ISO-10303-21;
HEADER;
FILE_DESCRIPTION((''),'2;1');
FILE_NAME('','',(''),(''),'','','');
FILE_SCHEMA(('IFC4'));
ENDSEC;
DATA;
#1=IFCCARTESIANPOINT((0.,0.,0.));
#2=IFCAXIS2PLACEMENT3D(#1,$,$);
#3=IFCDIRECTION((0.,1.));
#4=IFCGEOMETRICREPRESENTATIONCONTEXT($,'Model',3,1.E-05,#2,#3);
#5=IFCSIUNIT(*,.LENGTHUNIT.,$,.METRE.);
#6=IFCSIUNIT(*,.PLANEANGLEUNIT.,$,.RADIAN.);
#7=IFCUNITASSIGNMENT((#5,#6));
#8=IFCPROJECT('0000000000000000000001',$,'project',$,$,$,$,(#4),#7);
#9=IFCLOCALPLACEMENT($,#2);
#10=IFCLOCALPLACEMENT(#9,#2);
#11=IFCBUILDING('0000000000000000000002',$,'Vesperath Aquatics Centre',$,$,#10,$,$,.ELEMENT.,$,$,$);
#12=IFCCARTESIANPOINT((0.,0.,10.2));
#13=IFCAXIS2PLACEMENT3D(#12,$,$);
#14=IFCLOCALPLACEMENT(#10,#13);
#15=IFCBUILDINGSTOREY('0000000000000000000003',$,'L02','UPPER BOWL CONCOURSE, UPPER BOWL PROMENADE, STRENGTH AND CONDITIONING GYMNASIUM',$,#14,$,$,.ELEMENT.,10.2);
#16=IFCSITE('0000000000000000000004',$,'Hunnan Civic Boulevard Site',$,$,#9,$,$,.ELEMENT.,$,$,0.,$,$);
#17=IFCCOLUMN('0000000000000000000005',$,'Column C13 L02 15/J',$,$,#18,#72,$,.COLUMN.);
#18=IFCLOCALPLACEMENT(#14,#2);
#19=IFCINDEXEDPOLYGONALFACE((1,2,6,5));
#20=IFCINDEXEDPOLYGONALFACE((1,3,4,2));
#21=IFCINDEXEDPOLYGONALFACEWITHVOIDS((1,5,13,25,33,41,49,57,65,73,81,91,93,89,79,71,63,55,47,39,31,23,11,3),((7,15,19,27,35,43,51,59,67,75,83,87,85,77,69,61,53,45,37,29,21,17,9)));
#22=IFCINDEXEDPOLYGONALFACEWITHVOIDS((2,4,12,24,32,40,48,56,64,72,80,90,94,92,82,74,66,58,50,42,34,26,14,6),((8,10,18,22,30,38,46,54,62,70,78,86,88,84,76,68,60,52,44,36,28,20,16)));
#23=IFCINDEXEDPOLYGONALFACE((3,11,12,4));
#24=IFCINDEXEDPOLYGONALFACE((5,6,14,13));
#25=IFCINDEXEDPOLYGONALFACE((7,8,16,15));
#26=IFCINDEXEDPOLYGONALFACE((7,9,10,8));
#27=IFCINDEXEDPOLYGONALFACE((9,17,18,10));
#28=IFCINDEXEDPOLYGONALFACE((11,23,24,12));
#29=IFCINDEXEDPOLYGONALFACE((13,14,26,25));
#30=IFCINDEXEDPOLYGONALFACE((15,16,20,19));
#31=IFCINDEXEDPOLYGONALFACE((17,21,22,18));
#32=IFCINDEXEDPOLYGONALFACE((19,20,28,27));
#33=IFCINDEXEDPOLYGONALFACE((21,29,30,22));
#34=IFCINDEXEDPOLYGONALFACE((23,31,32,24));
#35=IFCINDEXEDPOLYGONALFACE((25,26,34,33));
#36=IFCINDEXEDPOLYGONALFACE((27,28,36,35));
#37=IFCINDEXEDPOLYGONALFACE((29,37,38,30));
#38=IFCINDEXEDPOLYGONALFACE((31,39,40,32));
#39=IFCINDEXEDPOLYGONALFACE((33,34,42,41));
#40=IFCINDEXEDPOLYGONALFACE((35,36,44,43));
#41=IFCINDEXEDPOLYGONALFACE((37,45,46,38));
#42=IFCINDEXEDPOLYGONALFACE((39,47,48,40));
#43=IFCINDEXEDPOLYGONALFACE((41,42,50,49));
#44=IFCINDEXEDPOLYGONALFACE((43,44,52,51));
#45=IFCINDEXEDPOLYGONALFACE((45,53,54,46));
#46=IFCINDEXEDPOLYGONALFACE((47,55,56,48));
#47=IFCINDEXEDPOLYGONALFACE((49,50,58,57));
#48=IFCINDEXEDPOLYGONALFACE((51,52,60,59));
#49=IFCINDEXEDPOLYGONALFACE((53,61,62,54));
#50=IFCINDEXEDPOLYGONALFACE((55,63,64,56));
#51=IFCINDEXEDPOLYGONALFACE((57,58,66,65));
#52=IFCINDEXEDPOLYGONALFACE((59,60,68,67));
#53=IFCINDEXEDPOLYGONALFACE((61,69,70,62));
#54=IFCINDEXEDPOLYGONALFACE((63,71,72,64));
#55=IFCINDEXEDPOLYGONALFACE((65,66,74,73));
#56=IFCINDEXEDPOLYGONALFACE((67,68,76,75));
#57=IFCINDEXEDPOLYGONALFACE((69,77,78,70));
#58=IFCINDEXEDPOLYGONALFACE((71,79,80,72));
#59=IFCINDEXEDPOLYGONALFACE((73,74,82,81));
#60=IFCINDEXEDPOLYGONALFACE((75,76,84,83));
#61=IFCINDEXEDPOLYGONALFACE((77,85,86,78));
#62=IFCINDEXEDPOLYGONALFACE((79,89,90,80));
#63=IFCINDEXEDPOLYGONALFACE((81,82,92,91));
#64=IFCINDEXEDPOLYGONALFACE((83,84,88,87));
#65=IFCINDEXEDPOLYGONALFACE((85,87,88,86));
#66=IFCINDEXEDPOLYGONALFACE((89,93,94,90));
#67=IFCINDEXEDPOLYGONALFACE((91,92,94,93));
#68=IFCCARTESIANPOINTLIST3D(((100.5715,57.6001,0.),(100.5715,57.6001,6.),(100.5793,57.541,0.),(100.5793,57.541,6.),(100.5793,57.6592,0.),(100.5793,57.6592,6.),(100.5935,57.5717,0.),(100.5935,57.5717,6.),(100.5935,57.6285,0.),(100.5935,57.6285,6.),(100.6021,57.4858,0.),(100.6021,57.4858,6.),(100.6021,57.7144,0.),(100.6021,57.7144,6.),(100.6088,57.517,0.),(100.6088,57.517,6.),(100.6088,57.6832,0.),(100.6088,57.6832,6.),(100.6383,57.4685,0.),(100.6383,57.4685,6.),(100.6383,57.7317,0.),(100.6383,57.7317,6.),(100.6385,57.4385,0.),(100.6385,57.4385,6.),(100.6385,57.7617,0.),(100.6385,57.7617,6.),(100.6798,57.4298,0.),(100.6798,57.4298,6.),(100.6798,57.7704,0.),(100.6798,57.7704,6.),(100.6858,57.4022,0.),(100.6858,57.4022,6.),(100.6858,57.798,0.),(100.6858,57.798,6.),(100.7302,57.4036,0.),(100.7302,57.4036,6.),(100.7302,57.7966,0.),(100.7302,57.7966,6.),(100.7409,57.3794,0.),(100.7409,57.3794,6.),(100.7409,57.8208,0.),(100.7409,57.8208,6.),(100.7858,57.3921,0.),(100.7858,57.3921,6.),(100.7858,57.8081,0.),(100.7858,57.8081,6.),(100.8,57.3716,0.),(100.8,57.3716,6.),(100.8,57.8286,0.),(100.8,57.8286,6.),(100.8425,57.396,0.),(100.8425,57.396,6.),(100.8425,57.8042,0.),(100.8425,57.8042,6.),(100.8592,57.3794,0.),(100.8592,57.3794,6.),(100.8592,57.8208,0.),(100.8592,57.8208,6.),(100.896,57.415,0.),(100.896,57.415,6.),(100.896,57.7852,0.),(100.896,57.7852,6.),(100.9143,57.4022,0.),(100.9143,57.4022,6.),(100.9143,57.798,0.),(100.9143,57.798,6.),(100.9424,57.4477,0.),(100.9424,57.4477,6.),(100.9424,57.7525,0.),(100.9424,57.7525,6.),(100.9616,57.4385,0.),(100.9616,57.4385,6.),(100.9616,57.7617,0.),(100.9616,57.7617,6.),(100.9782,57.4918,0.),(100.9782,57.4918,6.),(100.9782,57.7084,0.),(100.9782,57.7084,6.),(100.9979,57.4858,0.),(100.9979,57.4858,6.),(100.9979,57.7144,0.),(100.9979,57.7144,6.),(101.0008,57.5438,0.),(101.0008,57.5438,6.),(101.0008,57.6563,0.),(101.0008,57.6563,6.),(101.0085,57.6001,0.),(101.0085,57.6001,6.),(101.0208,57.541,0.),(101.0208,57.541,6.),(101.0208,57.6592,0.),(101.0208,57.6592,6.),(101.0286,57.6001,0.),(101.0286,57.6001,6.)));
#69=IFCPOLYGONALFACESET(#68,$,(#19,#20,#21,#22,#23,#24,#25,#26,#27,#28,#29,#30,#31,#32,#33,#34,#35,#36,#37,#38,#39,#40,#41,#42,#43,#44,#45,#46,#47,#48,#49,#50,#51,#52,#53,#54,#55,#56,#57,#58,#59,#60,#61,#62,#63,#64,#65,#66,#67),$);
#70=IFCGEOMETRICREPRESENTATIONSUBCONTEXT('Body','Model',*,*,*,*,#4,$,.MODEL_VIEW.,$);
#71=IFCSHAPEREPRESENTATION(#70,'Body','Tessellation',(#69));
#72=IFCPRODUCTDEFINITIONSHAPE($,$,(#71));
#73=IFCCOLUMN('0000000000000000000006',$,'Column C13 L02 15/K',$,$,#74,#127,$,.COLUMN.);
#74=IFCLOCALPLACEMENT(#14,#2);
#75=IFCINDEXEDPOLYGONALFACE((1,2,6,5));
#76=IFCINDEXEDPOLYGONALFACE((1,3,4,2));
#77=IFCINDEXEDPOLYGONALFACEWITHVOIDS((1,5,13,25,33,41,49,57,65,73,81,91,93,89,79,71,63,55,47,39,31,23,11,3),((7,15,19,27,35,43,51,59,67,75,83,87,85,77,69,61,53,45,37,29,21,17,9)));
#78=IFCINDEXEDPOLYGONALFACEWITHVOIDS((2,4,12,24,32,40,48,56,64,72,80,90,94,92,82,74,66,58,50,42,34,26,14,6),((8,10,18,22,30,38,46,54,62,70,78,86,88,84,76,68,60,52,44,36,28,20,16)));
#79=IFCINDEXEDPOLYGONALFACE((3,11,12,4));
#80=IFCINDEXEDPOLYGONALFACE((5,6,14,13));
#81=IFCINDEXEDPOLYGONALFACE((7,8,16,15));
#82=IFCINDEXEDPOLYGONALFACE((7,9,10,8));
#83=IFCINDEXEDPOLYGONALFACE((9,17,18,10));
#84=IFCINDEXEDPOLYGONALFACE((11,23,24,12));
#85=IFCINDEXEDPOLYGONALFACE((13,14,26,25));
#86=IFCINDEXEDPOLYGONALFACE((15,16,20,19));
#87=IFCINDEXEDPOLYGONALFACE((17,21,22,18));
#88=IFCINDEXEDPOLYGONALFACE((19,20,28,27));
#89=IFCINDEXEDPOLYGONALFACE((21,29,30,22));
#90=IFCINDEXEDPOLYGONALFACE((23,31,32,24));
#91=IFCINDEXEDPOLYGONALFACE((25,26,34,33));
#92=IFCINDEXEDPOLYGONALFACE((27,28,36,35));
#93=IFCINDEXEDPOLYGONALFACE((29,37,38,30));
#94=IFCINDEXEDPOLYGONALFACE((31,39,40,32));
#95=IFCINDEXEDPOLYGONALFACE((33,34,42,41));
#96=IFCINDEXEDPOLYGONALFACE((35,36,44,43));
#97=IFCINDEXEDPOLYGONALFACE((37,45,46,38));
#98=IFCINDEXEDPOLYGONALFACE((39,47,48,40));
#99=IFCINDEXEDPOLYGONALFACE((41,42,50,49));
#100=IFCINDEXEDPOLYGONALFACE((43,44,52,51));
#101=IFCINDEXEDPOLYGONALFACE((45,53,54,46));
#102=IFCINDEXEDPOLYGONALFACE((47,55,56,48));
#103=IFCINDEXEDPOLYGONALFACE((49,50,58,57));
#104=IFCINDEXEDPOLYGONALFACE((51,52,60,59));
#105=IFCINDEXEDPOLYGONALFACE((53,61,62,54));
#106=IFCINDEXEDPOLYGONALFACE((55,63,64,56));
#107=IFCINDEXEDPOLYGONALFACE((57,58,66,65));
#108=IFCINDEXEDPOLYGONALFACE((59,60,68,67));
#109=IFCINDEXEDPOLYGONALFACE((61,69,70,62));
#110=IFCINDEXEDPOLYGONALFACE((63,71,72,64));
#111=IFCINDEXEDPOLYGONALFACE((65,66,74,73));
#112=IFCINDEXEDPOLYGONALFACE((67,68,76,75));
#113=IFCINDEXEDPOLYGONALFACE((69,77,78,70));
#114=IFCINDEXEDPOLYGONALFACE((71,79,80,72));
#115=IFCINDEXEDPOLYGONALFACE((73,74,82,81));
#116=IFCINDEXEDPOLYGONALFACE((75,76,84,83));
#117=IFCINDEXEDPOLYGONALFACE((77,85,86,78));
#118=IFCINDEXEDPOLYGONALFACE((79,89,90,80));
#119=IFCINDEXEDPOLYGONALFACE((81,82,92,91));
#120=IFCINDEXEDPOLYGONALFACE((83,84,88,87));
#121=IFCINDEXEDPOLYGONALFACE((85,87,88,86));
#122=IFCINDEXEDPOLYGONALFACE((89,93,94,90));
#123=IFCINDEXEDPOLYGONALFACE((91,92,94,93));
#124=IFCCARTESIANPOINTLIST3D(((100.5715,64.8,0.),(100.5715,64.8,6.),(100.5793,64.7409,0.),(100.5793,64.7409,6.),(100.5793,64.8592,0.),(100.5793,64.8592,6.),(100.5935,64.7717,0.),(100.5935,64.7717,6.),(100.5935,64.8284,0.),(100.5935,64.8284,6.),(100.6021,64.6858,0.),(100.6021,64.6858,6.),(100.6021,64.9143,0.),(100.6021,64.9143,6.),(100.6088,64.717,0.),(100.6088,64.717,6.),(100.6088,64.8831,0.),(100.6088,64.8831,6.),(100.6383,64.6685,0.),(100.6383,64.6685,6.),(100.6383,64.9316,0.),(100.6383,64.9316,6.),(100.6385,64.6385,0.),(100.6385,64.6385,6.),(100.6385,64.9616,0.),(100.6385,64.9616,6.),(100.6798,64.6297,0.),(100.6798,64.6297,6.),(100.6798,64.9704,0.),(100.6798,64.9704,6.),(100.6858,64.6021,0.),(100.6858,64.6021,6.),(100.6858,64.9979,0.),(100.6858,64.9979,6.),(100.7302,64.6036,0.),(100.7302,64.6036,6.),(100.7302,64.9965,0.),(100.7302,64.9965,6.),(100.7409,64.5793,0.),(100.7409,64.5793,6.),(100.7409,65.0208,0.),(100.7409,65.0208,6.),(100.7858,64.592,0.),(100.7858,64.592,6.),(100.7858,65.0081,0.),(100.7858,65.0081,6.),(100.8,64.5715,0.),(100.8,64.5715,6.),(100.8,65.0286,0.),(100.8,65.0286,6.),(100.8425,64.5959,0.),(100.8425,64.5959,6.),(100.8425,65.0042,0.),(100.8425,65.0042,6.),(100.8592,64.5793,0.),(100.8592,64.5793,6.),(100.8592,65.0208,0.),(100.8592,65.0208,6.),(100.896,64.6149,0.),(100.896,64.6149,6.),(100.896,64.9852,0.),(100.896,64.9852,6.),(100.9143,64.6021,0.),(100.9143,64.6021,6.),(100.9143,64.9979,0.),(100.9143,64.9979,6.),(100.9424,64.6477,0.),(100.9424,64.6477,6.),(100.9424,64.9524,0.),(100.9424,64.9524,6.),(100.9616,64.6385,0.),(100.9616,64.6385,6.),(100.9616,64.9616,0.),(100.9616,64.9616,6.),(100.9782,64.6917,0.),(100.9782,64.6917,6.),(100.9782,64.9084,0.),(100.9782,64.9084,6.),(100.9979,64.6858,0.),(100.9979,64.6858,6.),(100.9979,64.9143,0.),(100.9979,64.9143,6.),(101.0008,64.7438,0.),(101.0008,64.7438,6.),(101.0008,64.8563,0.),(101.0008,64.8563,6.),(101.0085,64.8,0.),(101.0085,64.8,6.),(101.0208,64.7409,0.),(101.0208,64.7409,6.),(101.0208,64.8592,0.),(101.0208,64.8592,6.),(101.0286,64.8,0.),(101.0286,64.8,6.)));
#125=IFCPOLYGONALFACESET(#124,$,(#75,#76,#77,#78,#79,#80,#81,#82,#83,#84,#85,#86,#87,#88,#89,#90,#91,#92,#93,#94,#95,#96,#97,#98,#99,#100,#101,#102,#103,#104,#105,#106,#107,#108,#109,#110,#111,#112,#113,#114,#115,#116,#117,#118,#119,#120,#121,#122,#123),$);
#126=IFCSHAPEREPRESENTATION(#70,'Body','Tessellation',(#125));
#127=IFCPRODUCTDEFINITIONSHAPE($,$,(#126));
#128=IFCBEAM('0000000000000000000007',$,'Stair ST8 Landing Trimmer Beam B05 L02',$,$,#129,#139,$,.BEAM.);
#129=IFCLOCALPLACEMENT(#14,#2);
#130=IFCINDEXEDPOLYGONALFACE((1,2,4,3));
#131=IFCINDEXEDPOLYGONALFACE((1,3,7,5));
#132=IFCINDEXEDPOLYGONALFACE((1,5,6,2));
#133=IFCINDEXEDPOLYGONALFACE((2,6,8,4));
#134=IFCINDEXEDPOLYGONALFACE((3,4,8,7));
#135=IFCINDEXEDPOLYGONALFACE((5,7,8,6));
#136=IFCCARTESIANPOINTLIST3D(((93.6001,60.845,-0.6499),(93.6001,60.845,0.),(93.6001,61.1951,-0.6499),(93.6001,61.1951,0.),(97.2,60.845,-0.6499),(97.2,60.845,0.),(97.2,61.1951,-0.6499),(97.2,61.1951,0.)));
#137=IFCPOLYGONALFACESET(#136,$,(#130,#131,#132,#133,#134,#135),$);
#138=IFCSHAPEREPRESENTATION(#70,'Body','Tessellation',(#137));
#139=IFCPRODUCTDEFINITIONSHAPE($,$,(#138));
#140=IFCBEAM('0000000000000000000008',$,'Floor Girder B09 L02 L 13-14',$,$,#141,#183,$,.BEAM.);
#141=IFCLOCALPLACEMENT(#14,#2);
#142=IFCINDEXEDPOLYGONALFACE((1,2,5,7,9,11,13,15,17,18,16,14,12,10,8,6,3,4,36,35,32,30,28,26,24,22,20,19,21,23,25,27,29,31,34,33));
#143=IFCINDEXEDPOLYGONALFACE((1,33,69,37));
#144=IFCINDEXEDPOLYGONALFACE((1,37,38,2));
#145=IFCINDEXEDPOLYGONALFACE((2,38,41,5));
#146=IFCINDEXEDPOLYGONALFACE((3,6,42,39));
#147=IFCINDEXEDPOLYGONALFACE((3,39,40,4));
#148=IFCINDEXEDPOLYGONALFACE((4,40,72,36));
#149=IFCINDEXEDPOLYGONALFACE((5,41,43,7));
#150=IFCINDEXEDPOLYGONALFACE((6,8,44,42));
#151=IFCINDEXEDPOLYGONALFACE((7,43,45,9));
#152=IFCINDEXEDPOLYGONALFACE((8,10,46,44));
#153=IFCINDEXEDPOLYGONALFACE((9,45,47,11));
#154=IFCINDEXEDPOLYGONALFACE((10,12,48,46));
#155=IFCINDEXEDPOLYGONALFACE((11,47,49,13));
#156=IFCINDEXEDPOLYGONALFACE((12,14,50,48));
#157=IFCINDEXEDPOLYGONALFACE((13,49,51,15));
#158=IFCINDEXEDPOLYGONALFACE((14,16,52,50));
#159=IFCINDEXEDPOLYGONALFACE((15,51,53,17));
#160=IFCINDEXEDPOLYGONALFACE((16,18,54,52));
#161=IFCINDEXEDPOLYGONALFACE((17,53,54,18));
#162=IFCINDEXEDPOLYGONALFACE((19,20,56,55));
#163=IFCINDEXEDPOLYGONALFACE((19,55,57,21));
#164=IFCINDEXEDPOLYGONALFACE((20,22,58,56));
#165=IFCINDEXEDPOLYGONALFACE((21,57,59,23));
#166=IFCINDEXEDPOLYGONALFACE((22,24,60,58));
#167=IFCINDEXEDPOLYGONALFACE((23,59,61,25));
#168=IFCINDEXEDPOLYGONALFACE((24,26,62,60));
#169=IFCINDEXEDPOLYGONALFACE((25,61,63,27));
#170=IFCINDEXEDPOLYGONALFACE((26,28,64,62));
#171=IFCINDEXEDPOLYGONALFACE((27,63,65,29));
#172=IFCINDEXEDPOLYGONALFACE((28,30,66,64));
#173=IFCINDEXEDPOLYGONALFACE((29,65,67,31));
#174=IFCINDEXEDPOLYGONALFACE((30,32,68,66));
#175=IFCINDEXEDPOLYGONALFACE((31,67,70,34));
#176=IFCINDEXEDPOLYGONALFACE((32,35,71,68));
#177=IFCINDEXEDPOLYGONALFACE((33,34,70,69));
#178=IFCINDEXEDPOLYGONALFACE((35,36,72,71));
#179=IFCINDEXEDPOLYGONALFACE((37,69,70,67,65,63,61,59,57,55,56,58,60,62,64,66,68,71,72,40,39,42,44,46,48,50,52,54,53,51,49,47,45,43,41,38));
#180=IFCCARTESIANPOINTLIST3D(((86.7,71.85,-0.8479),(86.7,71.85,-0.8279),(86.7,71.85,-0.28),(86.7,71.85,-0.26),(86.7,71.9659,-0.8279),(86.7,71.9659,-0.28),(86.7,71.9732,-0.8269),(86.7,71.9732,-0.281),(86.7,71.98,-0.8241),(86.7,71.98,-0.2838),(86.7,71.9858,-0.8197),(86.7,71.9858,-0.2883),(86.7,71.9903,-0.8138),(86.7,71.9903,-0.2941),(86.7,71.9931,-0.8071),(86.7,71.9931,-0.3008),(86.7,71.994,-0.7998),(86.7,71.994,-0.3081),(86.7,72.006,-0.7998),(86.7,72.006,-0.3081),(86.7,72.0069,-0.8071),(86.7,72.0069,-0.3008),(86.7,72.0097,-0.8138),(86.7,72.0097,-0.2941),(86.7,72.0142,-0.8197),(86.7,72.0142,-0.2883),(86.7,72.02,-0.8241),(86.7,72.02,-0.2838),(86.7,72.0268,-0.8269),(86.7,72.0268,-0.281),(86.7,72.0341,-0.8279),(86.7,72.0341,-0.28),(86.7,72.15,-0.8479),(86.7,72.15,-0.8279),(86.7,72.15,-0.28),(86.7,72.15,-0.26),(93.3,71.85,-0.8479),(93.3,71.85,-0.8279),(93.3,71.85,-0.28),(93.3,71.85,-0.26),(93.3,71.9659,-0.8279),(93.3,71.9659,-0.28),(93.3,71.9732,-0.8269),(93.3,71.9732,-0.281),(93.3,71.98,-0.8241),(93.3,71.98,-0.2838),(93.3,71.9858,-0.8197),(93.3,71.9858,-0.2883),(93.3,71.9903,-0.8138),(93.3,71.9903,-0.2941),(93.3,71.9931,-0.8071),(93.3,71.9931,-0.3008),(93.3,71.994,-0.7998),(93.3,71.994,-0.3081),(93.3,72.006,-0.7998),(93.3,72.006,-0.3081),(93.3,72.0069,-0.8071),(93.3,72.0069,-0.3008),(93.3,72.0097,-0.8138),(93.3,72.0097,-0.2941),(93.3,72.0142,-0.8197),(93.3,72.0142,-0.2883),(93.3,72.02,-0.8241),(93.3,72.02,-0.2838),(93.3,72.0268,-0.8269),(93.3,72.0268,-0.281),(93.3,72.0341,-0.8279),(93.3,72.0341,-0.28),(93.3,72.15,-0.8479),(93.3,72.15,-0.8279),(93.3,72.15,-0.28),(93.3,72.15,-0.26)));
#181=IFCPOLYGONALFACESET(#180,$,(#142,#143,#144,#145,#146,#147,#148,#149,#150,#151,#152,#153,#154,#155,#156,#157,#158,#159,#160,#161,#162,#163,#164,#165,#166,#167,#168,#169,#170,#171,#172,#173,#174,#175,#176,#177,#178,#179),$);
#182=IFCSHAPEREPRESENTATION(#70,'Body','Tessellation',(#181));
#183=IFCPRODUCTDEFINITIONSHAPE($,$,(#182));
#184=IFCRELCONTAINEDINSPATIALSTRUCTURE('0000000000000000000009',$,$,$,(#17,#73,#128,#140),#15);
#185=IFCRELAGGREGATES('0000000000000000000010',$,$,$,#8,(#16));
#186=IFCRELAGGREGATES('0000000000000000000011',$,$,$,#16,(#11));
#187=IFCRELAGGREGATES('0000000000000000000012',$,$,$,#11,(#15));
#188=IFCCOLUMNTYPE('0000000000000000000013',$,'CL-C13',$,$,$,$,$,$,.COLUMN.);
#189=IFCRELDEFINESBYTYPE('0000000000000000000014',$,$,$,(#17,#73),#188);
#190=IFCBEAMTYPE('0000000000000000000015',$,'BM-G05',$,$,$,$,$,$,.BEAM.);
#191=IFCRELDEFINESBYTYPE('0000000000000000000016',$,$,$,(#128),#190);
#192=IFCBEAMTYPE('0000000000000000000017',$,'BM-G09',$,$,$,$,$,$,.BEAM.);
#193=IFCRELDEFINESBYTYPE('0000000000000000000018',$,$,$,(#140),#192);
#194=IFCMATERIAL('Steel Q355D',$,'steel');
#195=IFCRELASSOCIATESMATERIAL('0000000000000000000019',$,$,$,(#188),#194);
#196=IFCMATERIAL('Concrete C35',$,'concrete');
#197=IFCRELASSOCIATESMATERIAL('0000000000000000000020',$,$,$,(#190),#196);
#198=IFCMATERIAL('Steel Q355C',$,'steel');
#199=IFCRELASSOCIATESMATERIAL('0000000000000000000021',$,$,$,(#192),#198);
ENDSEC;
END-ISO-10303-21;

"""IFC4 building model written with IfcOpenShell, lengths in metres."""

from ifc_helpers import new_model, si_unit, direction, frame, origin, origin_2d, place, context, subcontext, project, spatial, rectangle, hollow_circle, i_section, extrude, material, material_profile, profile_set, type_object, element, save


model = new_model("IFC4")

# Units and contexts
model_context = context("Model", 3, precision=1e-05, world=origin(), true_north=direction((0.0, 1.0)))
body_context = subcontext(model_context, "Body", "Model", "MODEL_VIEW")
ifc_project = project(units=[si_unit("LENGTHUNIT", "METRE"), si_unit("PLANEANGLEUNIT", "RADIAN")], contexts=[model_context])

# Site, building, storey
site_placement = place(None, origin())
site = spatial("IfcSite", under=ifc_project, at=site_placement, Name="Hunnan Civic Boulevard Site", CompositionType="ELEMENT", RefElevation=0.0)
building_placement = place(site_placement, origin())
building = spatial("IfcBuilding", under=site, at=building_placement, Name="Vesperath Aquatics Centre", CompositionType="ELEMENT")
storey_placement = place(building_placement, frame((0.0, 0.0, 10.2)))
storey = spatial("IfcBuildingStorey", under=building, at=storey_placement, Name="L02", Description="UPPER BOWL CONCOURSE, UPPER BOWL PROMENADE, STRENGTH AND CONDITIONING GYMNASIUM", CompositionType="ELEMENT", Elevation=10.2)

# Columns
ifc_material_1 = material(Name="Steel Q355D", Category="steel")
ifc_material_profile_1 = material_profile(ifc_material_1, hollow_circle(Radius=0.2285, WallThickness=0.02, at=origin_2d()), Name="CHS 457.0x20")
ifc_profile_set_1 = profile_set([ifc_material_profile_1], Name="Steel Q355D")
column_type_1 = type_object("IfcColumnType", Name="CL-C13", PredefinedType="COLUMN", material=ifc_profile_set_1)
for number, where, z_axis, x_axis, name in (
    (1, (100.8, 57.6001, 0.0), (0.0, 0.0, 1.0), (1.0, 0.0, 0.0), "Column C13 L02 15/J"),
    (2, (100.8, 64.8, 0.0), (0.0, 0.0, 1.0), (1.0, 0.0, 0.0), "Column C13 L02 15/K"),
):
    element("IfcColumn", number, at=place(storey_placement, frame(where, z_axis=z_axis, x_axis=x_axis)), inside=storey, type_object=column_type_1, Name=name, PredefinedType="COLUMN", context=body_context, shape_type="SweptSolid", body=[
        extrude(hollow_circle(Radius=0.2285, WallThickness=0.02, at=origin_2d()), origin(), (0.0, 0.0, 1.0), 6.0),
    ])

# Beams
ifc_material_2 = material(Name="Concrete C35", Category="concrete")
ifc_material_profile_2 = material_profile(ifc_material_2, rectangle(XDim=0.3501, YDim=0.6499, at=origin_2d()), Name="RC 350x650")
ifc_profile_set_2 = profile_set([ifc_material_profile_2], Name="Concrete C35")
beam_type_1 = type_object("IfcBeamType", Name="BM-G05", PredefinedType="BEAM", material=ifc_profile_set_2)
beam_1_placement = place(storey_placement, frame((93.6001, 61.02, -0.325), z_axis=(1.0, 0.0, 0.0), x_axis=(0.0, 1.0, 0.0)))
element("IfcBeam", 3, at=beam_1_placement, inside=storey, type_object=beam_type_1, Name="Stair ST8 Landing Trimmer Beam B05 L02", PredefinedType="BEAM", context=body_context, shape_type="SweptSolid", body=[
    extrude(rectangle(XDim=0.3501, YDim=0.6499, at=origin_2d()), origin(), (0.0, 0.0, 1.0), 3.5999),
])
ifc_material_3 = material(Name="Steel Q355C", Category="steel")
ifc_material_profile_3 = material_profile(ifc_material_3, i_section(OverallWidth=0.3, OverallDepth=0.5879, WebThickness=0.012, FlangeThickness=0.02, FilletRadius=0.0281, at=origin_2d()), Name="HM 588x300x12x20")
ifc_profile_set_3 = profile_set([ifc_material_profile_3], Name="Steel Q355C")
beam_type_2 = type_object("IfcBeamType", Name="BM-G09", PredefinedType="BEAM", material=ifc_profile_set_3)
beam_2_placement = place(storey_placement, frame((86.7, 72.0, -0.554), z_axis=(1.0, 0.0, 0.0), x_axis=(0.0, 1.0, 0.0)))
element("IfcBeam", 4, at=beam_2_placement, inside=storey, type_object=beam_type_2, Name="Floor Girder B09 L02 L 13-14", PredefinedType="BEAM", context=body_context, shape_type="SweptSolid", body=[
    extrude(i_section(OverallWidth=0.3, OverallDepth=0.5879, WebThickness=0.012, FlangeThickness=0.02, FilletRadius=0.0281, at=origin_2d()), origin(), (0.0, 0.0, 1.0), 6.6001),
])

save(model, "model.ifc")
